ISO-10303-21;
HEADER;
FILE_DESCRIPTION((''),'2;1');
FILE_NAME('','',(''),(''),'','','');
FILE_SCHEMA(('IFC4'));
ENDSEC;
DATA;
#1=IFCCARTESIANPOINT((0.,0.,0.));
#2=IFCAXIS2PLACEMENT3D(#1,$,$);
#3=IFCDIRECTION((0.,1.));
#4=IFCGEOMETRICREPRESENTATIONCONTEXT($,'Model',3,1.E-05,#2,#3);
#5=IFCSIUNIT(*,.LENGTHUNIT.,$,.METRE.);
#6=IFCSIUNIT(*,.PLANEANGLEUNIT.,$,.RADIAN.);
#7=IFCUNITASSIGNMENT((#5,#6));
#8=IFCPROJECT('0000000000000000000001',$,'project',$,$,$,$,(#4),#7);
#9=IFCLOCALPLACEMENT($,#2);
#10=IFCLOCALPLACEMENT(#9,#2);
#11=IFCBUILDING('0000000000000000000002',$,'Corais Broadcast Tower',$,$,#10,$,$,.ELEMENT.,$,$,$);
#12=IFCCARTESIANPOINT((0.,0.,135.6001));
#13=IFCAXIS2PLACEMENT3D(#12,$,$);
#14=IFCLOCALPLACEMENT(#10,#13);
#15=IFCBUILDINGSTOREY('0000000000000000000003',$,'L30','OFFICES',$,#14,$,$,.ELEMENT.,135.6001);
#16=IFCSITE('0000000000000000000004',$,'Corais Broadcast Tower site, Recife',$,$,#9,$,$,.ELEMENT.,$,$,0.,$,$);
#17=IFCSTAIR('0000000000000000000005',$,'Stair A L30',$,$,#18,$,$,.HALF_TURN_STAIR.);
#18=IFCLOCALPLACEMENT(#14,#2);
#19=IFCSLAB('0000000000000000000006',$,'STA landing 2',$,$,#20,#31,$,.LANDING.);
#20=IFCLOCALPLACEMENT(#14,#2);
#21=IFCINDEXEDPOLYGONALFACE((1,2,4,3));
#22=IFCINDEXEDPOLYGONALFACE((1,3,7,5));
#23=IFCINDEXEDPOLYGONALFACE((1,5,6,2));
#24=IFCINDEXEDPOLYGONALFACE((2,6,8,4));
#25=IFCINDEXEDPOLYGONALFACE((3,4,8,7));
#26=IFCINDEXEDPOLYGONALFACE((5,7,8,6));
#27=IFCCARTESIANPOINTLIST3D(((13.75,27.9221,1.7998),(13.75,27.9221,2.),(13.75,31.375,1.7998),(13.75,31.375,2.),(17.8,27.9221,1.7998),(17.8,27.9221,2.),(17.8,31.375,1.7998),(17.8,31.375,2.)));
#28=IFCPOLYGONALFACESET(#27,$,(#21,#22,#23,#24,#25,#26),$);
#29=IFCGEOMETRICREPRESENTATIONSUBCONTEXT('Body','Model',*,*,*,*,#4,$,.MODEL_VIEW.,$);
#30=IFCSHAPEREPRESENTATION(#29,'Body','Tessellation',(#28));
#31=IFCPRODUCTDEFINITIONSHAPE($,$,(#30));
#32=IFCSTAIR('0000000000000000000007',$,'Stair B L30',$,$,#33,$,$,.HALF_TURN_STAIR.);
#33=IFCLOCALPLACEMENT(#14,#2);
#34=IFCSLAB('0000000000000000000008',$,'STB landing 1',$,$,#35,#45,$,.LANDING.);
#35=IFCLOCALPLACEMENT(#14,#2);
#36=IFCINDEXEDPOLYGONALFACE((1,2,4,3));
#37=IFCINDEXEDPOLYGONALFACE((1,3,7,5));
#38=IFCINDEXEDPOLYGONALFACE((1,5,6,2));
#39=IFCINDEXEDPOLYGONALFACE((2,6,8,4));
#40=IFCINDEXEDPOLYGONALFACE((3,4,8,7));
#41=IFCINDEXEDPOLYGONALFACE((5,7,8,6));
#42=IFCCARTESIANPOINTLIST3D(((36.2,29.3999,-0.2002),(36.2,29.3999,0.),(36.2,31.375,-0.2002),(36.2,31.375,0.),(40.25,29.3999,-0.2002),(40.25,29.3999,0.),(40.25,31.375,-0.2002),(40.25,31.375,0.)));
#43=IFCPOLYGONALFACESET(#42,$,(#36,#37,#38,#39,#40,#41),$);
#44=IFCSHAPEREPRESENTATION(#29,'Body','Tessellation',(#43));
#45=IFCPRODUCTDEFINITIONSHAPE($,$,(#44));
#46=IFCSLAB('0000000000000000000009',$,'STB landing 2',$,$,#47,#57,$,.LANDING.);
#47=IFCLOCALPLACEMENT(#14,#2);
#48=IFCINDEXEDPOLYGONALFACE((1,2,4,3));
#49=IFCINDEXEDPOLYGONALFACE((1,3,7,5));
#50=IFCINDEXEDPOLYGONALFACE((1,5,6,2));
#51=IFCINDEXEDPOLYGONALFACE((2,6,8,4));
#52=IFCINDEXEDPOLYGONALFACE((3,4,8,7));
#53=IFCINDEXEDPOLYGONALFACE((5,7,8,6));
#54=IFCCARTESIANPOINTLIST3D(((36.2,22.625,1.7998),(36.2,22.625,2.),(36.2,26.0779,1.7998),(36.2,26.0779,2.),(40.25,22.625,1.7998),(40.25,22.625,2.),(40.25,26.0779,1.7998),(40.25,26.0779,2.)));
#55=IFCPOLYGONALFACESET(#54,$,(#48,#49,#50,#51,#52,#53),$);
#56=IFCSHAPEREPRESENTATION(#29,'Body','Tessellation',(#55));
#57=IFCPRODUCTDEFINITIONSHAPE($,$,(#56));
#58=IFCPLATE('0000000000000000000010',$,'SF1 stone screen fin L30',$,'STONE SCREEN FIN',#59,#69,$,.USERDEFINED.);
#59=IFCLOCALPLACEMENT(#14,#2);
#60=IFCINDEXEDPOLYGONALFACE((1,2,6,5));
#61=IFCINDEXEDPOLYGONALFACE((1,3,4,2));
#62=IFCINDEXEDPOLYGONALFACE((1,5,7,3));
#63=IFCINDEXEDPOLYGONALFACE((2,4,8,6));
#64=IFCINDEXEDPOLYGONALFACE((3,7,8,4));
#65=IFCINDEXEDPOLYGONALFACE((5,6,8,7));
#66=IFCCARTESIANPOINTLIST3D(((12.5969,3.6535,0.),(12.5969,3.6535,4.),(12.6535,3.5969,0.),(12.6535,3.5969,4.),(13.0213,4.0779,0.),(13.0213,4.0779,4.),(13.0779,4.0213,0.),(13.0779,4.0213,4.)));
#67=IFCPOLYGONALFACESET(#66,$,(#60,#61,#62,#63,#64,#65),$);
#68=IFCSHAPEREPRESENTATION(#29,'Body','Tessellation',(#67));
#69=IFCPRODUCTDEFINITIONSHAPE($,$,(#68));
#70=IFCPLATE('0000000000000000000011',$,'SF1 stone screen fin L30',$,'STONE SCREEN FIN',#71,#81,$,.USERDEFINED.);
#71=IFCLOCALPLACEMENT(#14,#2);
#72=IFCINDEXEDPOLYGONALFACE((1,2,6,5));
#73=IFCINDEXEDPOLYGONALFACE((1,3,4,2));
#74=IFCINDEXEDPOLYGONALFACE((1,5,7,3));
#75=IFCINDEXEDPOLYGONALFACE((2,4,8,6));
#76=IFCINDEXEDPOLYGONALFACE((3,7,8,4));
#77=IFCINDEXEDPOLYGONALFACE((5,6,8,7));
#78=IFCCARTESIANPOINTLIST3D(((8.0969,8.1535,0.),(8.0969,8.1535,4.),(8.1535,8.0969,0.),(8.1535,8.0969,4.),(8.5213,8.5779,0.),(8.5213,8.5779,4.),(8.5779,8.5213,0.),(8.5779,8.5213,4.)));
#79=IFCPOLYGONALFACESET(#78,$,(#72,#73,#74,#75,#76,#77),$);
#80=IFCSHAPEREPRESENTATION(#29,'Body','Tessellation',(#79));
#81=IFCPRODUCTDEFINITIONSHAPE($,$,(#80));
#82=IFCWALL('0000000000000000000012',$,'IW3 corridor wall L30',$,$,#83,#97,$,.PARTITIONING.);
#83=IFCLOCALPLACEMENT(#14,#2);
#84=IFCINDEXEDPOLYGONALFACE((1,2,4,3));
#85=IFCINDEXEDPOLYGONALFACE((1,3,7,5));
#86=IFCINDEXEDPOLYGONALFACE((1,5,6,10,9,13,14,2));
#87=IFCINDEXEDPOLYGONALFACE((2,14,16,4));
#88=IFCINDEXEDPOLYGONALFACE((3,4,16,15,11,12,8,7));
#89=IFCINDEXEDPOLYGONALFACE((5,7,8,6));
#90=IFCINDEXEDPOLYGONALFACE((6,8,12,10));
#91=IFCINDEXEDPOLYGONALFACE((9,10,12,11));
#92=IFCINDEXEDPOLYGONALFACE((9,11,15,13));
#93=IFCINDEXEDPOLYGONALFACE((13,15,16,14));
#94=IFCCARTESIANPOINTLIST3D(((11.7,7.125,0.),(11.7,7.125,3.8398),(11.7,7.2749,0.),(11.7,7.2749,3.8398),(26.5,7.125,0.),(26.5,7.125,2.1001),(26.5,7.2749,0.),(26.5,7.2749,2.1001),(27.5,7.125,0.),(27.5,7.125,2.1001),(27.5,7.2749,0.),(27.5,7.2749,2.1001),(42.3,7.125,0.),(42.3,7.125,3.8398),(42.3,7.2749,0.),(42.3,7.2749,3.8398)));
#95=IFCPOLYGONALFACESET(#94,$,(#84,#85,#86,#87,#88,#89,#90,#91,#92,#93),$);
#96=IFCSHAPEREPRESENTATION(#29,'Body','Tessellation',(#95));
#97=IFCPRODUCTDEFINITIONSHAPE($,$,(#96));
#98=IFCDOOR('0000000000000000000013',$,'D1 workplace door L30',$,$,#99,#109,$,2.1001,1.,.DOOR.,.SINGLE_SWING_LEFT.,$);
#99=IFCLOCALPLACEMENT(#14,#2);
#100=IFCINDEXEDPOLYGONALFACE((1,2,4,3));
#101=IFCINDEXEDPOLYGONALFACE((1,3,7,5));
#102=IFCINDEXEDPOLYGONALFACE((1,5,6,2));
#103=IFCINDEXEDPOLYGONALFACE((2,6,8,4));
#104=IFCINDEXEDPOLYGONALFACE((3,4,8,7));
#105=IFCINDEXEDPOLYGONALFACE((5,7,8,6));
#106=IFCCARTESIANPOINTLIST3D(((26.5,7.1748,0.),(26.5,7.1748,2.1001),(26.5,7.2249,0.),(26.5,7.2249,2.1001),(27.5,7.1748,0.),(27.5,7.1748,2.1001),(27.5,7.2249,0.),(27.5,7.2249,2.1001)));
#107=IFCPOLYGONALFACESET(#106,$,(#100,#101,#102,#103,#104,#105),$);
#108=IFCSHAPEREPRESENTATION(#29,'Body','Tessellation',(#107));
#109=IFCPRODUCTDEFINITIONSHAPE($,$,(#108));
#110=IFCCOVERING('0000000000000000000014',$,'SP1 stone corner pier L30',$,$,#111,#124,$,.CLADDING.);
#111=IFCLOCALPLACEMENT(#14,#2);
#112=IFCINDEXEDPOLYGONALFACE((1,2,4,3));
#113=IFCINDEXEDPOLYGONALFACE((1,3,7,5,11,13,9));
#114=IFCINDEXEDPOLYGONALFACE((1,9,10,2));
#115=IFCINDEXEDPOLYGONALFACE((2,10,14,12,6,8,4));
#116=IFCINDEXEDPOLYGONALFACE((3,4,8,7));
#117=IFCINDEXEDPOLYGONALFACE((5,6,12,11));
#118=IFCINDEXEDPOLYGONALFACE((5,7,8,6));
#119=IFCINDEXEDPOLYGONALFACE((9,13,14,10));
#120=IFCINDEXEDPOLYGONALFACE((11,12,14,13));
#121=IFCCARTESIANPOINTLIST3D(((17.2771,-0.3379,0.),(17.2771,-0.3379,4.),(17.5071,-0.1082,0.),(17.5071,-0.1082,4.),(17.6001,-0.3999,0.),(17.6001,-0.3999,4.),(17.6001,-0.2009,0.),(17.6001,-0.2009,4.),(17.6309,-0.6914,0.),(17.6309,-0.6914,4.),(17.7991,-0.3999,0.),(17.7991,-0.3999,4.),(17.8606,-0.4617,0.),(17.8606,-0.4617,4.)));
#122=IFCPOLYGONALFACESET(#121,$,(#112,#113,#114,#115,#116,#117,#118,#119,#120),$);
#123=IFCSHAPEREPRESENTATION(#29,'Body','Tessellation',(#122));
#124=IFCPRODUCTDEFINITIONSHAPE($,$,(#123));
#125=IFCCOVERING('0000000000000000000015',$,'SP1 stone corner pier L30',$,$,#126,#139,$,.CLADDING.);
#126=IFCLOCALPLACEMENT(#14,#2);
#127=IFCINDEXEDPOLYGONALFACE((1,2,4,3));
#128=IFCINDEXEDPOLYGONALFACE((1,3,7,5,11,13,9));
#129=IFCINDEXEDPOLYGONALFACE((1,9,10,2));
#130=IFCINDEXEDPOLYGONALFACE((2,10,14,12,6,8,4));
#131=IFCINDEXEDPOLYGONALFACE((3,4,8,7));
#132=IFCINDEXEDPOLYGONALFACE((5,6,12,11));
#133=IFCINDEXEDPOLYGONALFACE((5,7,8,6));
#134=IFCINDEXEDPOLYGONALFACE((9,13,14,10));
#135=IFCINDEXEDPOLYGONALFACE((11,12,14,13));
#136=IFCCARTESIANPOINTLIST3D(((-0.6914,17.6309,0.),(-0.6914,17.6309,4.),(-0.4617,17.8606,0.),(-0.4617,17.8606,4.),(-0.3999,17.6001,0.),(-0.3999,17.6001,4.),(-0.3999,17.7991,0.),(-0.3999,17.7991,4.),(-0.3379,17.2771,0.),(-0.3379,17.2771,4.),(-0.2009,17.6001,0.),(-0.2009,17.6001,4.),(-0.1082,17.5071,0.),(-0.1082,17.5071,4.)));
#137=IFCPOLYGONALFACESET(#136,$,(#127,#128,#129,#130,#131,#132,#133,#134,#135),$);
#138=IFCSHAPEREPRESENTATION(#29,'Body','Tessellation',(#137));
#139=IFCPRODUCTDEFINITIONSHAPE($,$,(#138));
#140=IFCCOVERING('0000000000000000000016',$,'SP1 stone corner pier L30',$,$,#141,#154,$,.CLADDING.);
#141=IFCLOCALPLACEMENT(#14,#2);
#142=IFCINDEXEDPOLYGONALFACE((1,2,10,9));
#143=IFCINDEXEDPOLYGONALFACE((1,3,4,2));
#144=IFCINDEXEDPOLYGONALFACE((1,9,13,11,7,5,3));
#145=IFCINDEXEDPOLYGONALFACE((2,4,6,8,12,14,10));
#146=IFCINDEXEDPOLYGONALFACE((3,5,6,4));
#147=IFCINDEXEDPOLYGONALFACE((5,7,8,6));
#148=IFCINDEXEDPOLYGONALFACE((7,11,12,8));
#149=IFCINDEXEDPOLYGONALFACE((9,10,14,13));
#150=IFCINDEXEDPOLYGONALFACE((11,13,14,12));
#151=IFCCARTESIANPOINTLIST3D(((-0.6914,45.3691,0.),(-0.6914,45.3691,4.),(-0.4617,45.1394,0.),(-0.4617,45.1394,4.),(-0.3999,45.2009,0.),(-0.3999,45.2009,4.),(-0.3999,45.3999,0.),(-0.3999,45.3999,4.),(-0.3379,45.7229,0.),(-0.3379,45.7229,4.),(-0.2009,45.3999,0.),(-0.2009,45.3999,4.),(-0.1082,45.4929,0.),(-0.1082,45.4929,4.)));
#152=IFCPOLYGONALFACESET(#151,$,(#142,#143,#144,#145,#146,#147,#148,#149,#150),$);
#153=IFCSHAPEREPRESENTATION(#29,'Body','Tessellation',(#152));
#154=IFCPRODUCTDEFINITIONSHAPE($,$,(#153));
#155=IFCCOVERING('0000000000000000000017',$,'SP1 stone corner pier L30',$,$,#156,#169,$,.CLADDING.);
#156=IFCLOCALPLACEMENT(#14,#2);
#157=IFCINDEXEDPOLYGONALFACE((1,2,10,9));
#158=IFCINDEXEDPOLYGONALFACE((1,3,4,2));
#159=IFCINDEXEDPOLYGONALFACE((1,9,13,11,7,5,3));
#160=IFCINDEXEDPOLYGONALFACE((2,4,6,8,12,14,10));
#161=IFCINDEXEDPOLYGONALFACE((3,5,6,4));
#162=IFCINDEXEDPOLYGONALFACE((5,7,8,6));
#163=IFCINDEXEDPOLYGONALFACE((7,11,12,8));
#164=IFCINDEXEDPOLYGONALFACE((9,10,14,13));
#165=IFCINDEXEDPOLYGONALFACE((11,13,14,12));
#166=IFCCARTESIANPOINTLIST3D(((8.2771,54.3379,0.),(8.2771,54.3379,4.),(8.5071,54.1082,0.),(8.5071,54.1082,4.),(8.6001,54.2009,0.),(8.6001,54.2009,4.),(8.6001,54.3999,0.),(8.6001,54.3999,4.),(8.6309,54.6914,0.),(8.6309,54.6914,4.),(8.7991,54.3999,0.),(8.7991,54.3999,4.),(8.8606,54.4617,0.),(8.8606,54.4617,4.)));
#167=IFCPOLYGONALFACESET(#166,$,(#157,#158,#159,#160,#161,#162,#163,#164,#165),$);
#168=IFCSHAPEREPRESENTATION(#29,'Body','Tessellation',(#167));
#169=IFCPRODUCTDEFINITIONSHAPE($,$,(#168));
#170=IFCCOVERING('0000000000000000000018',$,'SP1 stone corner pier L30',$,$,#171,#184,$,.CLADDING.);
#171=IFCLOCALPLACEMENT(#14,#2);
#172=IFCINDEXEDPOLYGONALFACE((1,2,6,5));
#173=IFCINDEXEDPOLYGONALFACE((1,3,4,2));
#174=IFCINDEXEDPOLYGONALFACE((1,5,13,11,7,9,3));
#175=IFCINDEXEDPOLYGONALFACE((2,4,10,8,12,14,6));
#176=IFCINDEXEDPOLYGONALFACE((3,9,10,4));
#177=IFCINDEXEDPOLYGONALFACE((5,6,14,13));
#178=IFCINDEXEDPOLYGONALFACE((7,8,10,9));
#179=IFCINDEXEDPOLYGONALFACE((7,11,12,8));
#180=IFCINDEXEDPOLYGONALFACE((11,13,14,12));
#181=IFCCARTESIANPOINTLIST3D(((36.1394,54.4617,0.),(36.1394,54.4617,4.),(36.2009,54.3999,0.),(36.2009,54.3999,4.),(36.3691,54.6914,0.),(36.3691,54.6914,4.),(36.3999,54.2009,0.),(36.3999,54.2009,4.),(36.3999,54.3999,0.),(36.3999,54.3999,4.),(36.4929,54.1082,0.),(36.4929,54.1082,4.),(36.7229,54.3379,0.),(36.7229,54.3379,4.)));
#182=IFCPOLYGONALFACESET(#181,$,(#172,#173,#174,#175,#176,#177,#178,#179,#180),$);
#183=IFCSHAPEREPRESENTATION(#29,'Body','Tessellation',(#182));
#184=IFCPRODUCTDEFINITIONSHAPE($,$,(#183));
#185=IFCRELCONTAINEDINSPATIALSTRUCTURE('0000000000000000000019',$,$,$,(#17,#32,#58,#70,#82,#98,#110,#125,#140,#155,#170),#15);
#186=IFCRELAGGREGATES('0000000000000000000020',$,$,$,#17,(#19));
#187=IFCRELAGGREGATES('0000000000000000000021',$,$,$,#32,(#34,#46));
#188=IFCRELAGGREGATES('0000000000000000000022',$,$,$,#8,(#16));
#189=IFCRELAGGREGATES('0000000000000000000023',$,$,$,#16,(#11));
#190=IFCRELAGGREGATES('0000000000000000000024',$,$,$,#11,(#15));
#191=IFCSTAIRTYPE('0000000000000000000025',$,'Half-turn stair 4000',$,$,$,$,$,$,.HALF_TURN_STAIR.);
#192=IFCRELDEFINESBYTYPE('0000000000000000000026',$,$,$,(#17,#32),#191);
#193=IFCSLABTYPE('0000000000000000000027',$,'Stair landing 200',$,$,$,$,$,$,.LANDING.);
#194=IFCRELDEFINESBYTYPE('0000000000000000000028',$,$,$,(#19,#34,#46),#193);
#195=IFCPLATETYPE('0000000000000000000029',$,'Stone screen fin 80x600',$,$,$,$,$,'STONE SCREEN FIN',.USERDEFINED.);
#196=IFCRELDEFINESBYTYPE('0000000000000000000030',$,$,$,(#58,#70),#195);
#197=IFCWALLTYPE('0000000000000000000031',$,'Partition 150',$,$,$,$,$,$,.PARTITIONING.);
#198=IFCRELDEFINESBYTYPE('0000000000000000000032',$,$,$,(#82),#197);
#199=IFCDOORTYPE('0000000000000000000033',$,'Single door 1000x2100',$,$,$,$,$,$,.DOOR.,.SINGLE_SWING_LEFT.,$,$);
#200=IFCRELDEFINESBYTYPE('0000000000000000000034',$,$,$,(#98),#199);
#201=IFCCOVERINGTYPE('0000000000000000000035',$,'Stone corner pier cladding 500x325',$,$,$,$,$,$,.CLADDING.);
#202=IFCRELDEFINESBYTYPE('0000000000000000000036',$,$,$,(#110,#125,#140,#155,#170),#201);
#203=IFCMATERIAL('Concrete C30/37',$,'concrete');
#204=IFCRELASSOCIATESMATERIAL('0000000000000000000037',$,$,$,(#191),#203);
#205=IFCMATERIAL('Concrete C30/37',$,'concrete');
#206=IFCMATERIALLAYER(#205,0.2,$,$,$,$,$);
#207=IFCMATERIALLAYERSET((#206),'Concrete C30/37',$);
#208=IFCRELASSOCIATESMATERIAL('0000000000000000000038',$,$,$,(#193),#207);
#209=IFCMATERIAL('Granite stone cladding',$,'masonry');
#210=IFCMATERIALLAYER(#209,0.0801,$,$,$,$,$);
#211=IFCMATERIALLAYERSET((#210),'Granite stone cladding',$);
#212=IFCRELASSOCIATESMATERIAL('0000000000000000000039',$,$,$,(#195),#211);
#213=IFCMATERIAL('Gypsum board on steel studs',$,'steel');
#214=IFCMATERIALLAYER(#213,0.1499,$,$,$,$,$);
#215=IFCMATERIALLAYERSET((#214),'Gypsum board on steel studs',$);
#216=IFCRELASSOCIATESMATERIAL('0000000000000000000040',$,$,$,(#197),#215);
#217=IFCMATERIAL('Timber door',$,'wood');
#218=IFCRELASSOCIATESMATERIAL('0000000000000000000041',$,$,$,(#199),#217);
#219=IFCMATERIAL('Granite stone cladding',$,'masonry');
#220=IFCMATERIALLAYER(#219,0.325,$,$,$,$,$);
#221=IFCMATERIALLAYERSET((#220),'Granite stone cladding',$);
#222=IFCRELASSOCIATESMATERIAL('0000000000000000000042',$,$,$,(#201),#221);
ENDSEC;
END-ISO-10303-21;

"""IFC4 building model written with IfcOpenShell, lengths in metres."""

from ifc_helpers import new_model, si_unit, direction, frame, frame_2d, origin, origin_2d, place, context, subcontext, project, spatial, polyline, rectangle, outline, extrude, material, layer, layer_set, type_object, element, fill, aggregate, save


model = new_model("IFC4")

# Units and contexts
model_context = context("Model", 3, precision=1e-05, world=origin(), true_north=direction((0.0, 1.0)))
body_context = subcontext(model_context, "Body", "Model", "MODEL_VIEW")
ifc_project = project(units=[si_unit("LENGTHUNIT", "METRE"), si_unit("PLANEANGLEUNIT", "RADIAN")], contexts=[model_context])

# Site, building, storey
site_placement = place(None, origin())
site = spatial("IfcSite", under=ifc_project, at=site_placement, Name="Corais Broadcast Tower site, Recife", CompositionType="ELEMENT", RefElevation=0.0)
building_placement = place(site_placement, origin())
building = spatial("IfcBuilding", under=site, at=building_placement, Name="Corais Broadcast Tower", CompositionType="ELEMENT")
storey_placement = place(building_placement, frame((0.0, 0.0, 135.6001)))
storey = spatial("IfcBuildingStorey", under=building, at=storey_placement, Name="L30", Description="OFFICES", CompositionType="ELEMENT", Elevation=135.6001)

# Stairs, slabs
ifc_material_1 = material(Name="Concrete C30/37", Category="concrete")
stair_type = type_object("IfcStairType", Name="Half-turn stair 4000", PredefinedType="HALF_TURN_STAIR", material=ifc_material_1)
stair_1_placement = place(storey_placement, origin())
stair_1 = element("IfcStair", 1, at=stair_1_placement, inside=storey, type_object=stair_type, Name="Stair A L30", PredefinedType="HALF_TURN_STAIR")
ifc_material_2 = material(Name="Concrete C30/37", Category="concrete")
ifc_layer_1 = layer(ifc_material_2, 0.2)
ifc_layer_set_1 = layer_set([ifc_layer_1], Name="Concrete C30/37")
slab_type_1 = type_object("IfcSlabType", Name="Stair landing 200", PredefinedType="LANDING", material=ifc_layer_set_1)
slab_1_placement = place(storey_placement, frame((0.0, 0.0, 1.7998)))
slab_1 = element("IfcSlab", 2, at=slab_1_placement, type_object=slab_type_1, Name="STA landing 2", PredefinedType="LANDING", context=body_context, shape_type="SweptSolid", body=[
    extrude(outline(polyline([(13.75, 27.9221), (17.8, 27.9221), (17.8, 31.375), (13.75, 31.375), (13.75, 27.9221)])), origin(), (0.0, 0.0, 1.0), 0.2002),
])
aggregate(stair_1, [slab_1])
stair_2_placement = place(storey_placement, origin())
stair_2 = element("IfcStair", 3, at=stair_2_placement, inside=storey, type_object=stair_type, Name="Stair B L30", PredefinedType="HALF_TURN_STAIR")
slab_2_placement = place(storey_placement, frame((0.0, 0.0, -0.2002)))
slab_2 = element("IfcSlab", 4, at=slab_2_placement, type_object=slab_type_1, Name="STB landing 1", PredefinedType="LANDING", context=body_context, shape_type="SweptSolid", body=[
    extrude(outline(polyline([(36.2, 29.3999), (40.25, 29.3999), (40.25, 31.375), (36.2, 31.375), (36.2, 29.3999)])), origin(), (0.0, 0.0, 1.0), 0.2002),
])
slab_3_placement = place(storey_placement, frame((0.0, 0.0, 1.7998)))
slab_3 = element("IfcSlab", 5, at=slab_3_placement, type_object=slab_type_1, Name="STB landing 2", PredefinedType="LANDING", context=body_context, shape_type="SweptSolid", body=[
    extrude(outline(polyline([(36.2, 22.625), (40.25, 22.625), (40.25, 26.0779), (36.2, 26.0779), (36.2, 22.625)])), origin(), (0.0, 0.0, 1.0), 0.2002),
])
aggregate(stair_2, [slab_2, slab_3])

# Plates
ifc_material_3 = material(Name="Granite stone cladding", Category="masonry")
ifc_layer_2 = layer(ifc_material_3, 0.0801)
ifc_layer_set_2 = layer_set([ifc_layer_2], Name="Granite stone cladding")
plate_type_1 = type_object("IfcPlateType", Name="Stone screen fin 80x600", ElementType="STONE SCREEN FIN", PredefinedType="USERDEFINED", material=ifc_layer_set_2)
for number, where, z_axis, x_axis, name in (
    (6, (12.8374, 3.8374, 0.0), (0.0, 0.0, 1.0), (-0.707107, 0.707107, 0.0), "SF1 stone screen fin L30"),
    (7, (8.3374, 8.3374, 0.0), (0.0, 0.0, 1.0), (-0.707107, 0.707107, 0.0), "SF1 stone screen fin L30"),
):
    element("IfcPlate", number, at=place(storey_placement, frame(where, z_axis=z_axis, x_axis=x_axis)), inside=storey, type_object=plate_type_1, Name=name, ObjectType="STONE SCREEN FIN", PredefinedType="USERDEFINED", context=body_context, shape_type="SweptSolid", body=[
        extrude(rectangle(XDim=0.0801, YDim=0.6001, at=origin_2d()), origin(), (0.0, 0.0, 1.0), 4.0),
    ])

# Wall, opening, door
ifc_material_4 = material(Name="Gypsum board on steel studs", Category="steel")
ifc_layer_3 = layer(ifc_material_4, 0.1499)
ifc_layer_set_3 = layer_set([ifc_layer_3], Name="Gypsum board on steel studs")
wall_type = type_object("IfcWallType", Name="Partition 150", PredefinedType="PARTITIONING", material=ifc_layer_set_3)
wall_placement = place(storey_placement, frame((11.7, 7.2, 0.0), z_axis=(0.0, 0.0, 1.0), x_axis=(1.0, 0.0, 0.0)))
wall = element("IfcWall", 8, at=wall_placement, inside=storey, type_object=wall_type, Name="IW3 corridor wall L30", PredefinedType="PARTITIONING", context=body_context, shape_type="SweptSolid", body=[
    extrude(rectangle(XDim=30.6001, YDim=0.1499, at=frame_2d((15.3, 0.0))), origin(), (0.0, 0.0, 1.0), 3.8398),
])
opening_placement = place(wall_placement, frame((14.8, 0.0, 0.0)))
opening = element("IfcOpeningElement", 9, at=opening_placement, cuts=wall, PredefinedType="OPENING", context=body_context, shape_type="SweptSolid", body=[
    extrude(rectangle(XDim=1.0, YDim=2.1001, at=frame_2d((0.5, 1.05))), frame((0.0, 0.085, 0.0), z_axis=(0.0, -1.0, 0.0), x_axis=(1.0, 0.0, 0.0)), (0.0, 0.0, 1.0), 0.1699),
])
ifc_material_5 = material(Name="Timber door", Category="wood")
door_type = type_object("IfcDoorType", Name="Single door 1000x2100", OperationType="SINGLE_SWING_LEFT", PredefinedType="DOOR", material=ifc_material_5)
door_placement = place(opening_placement, origin())
door = element("IfcDoor", 10, at=door_placement, inside=storey, type_object=door_type, Name="D1 workplace door L30", OperationType="SINGLE_SWING_LEFT", OverallHeight=2.1001, OverallWidth=1.0, PredefinedType="DOOR", context=body_context, shape_type="SweptSolid", body=[
    extrude(rectangle(XDim=1.0, YDim=2.1001, at=frame_2d((0.5, 1.05))), frame((0.0, 0.0249, 0.0), z_axis=(0.0, -1.0, 0.0), x_axis=(1.0, 0.0, 0.0)), (0.0, 0.0, 1.0), 0.05),
])
fill(opening, door)

# Coverings
ifc_material_6 = material(Name="Granite stone cladding", Category="masonry")
ifc_layer_4 = layer(ifc_material_6, 0.325)
ifc_layer_set_4 = layer_set([ifc_layer_4], Name="Granite stone cladding")
covering_type_1 = type_object("IfcCoveringType", Name="Stone corner pier cladding 500x325", PredefinedType="CLADDING", material=ifc_layer_set_4)
covering_1_placement = place(storey_placement, origin())
element("IfcCovering", 11, at=covering_1_placement, inside=storey, type_object=covering_type_1, Name="SP1 stone corner pier L30", PredefinedType="CLADDING", context=body_context, shape_type="SweptSolid", body=[
    extrude(outline(polyline([(17.8606, -0.4617), (17.7991, -0.3999), (17.6001, -0.3999), (17.6001, -0.2009), (17.5071, -0.1082), (17.2771, -0.3379), (17.6309, -0.6914), (17.8606, -0.4617)])), origin(), (0.0, 0.0, 1.0), 4.0),
])
covering_2_placement = place(storey_placement, origin())
element("IfcCovering", 12, at=covering_2_placement, inside=storey, type_object=covering_type_1, Name="SP1 stone corner pier L30", PredefinedType="CLADDING", context=body_context, shape_type="SweptSolid", body=[
    extrude(outline(polyline([(-0.3999, 17.7991), (-0.4617, 17.8606), (-0.6914, 17.6309), (-0.3379, 17.2771), (-0.1082, 17.5071), (-0.2009, 17.6001), (-0.3999, 17.6001), (-0.3999, 17.7991)])), origin(), (0.0, 0.0, 1.0), 4.0),
])
covering_3_placement = place(storey_placement, origin())
element("IfcCovering", 13, at=covering_3_placement, inside=storey, type_object=covering_type_1, Name="SP1 stone corner pier L30", PredefinedType="CLADDING", context=body_context, shape_type="SweptSolid", body=[
    extrude(outline(polyline([(-0.4617, 45.1394), (-0.3999, 45.2009), (-0.3999, 45.3999), (-0.2009, 45.3999), (-0.1082, 45.4929), (-0.3379, 45.7229), (-0.6914, 45.3691), (-0.4617, 45.1394)])), origin(), (0.0, 0.0, 1.0), 4.0),
])
covering_4_placement = place(storey_placement, origin())
element("IfcCovering", 14, at=covering_4_placement, inside=storey, type_object=covering_type_1, Name="SP1 stone corner pier L30", PredefinedType="CLADDING", context=body_context, shape_type="SweptSolid", body=[
    extrude(outline(polyline([(8.7991, 54.3999), (8.8606, 54.4617), (8.6309, 54.6914), (8.2771, 54.3379), (8.5071, 54.1082), (8.6001, 54.2009), (8.6001, 54.3999), (8.7991, 54.3999)])), origin(), (0.0, 0.0, 1.0), 4.0),
])
covering_5_placement = place(storey_placement, origin())
element("IfcCovering", 15, at=covering_5_placement, inside=storey, type_object=covering_type_1, Name="SP1 stone corner pier L30", PredefinedType="CLADDING", context=body_context, shape_type="SweptSolid", body=[
    extrude(outline(polyline([(36.1394, 54.4617), (36.2009, 54.3999), (36.3999, 54.3999), (36.3999, 54.2009), (36.4929, 54.1082), (36.7229, 54.3379), (36.3691, 54.6914), (36.1394, 54.4617)])), origin(), (0.0, 0.0, 1.0), 4.0),
])

save(model, "model.ifc")
